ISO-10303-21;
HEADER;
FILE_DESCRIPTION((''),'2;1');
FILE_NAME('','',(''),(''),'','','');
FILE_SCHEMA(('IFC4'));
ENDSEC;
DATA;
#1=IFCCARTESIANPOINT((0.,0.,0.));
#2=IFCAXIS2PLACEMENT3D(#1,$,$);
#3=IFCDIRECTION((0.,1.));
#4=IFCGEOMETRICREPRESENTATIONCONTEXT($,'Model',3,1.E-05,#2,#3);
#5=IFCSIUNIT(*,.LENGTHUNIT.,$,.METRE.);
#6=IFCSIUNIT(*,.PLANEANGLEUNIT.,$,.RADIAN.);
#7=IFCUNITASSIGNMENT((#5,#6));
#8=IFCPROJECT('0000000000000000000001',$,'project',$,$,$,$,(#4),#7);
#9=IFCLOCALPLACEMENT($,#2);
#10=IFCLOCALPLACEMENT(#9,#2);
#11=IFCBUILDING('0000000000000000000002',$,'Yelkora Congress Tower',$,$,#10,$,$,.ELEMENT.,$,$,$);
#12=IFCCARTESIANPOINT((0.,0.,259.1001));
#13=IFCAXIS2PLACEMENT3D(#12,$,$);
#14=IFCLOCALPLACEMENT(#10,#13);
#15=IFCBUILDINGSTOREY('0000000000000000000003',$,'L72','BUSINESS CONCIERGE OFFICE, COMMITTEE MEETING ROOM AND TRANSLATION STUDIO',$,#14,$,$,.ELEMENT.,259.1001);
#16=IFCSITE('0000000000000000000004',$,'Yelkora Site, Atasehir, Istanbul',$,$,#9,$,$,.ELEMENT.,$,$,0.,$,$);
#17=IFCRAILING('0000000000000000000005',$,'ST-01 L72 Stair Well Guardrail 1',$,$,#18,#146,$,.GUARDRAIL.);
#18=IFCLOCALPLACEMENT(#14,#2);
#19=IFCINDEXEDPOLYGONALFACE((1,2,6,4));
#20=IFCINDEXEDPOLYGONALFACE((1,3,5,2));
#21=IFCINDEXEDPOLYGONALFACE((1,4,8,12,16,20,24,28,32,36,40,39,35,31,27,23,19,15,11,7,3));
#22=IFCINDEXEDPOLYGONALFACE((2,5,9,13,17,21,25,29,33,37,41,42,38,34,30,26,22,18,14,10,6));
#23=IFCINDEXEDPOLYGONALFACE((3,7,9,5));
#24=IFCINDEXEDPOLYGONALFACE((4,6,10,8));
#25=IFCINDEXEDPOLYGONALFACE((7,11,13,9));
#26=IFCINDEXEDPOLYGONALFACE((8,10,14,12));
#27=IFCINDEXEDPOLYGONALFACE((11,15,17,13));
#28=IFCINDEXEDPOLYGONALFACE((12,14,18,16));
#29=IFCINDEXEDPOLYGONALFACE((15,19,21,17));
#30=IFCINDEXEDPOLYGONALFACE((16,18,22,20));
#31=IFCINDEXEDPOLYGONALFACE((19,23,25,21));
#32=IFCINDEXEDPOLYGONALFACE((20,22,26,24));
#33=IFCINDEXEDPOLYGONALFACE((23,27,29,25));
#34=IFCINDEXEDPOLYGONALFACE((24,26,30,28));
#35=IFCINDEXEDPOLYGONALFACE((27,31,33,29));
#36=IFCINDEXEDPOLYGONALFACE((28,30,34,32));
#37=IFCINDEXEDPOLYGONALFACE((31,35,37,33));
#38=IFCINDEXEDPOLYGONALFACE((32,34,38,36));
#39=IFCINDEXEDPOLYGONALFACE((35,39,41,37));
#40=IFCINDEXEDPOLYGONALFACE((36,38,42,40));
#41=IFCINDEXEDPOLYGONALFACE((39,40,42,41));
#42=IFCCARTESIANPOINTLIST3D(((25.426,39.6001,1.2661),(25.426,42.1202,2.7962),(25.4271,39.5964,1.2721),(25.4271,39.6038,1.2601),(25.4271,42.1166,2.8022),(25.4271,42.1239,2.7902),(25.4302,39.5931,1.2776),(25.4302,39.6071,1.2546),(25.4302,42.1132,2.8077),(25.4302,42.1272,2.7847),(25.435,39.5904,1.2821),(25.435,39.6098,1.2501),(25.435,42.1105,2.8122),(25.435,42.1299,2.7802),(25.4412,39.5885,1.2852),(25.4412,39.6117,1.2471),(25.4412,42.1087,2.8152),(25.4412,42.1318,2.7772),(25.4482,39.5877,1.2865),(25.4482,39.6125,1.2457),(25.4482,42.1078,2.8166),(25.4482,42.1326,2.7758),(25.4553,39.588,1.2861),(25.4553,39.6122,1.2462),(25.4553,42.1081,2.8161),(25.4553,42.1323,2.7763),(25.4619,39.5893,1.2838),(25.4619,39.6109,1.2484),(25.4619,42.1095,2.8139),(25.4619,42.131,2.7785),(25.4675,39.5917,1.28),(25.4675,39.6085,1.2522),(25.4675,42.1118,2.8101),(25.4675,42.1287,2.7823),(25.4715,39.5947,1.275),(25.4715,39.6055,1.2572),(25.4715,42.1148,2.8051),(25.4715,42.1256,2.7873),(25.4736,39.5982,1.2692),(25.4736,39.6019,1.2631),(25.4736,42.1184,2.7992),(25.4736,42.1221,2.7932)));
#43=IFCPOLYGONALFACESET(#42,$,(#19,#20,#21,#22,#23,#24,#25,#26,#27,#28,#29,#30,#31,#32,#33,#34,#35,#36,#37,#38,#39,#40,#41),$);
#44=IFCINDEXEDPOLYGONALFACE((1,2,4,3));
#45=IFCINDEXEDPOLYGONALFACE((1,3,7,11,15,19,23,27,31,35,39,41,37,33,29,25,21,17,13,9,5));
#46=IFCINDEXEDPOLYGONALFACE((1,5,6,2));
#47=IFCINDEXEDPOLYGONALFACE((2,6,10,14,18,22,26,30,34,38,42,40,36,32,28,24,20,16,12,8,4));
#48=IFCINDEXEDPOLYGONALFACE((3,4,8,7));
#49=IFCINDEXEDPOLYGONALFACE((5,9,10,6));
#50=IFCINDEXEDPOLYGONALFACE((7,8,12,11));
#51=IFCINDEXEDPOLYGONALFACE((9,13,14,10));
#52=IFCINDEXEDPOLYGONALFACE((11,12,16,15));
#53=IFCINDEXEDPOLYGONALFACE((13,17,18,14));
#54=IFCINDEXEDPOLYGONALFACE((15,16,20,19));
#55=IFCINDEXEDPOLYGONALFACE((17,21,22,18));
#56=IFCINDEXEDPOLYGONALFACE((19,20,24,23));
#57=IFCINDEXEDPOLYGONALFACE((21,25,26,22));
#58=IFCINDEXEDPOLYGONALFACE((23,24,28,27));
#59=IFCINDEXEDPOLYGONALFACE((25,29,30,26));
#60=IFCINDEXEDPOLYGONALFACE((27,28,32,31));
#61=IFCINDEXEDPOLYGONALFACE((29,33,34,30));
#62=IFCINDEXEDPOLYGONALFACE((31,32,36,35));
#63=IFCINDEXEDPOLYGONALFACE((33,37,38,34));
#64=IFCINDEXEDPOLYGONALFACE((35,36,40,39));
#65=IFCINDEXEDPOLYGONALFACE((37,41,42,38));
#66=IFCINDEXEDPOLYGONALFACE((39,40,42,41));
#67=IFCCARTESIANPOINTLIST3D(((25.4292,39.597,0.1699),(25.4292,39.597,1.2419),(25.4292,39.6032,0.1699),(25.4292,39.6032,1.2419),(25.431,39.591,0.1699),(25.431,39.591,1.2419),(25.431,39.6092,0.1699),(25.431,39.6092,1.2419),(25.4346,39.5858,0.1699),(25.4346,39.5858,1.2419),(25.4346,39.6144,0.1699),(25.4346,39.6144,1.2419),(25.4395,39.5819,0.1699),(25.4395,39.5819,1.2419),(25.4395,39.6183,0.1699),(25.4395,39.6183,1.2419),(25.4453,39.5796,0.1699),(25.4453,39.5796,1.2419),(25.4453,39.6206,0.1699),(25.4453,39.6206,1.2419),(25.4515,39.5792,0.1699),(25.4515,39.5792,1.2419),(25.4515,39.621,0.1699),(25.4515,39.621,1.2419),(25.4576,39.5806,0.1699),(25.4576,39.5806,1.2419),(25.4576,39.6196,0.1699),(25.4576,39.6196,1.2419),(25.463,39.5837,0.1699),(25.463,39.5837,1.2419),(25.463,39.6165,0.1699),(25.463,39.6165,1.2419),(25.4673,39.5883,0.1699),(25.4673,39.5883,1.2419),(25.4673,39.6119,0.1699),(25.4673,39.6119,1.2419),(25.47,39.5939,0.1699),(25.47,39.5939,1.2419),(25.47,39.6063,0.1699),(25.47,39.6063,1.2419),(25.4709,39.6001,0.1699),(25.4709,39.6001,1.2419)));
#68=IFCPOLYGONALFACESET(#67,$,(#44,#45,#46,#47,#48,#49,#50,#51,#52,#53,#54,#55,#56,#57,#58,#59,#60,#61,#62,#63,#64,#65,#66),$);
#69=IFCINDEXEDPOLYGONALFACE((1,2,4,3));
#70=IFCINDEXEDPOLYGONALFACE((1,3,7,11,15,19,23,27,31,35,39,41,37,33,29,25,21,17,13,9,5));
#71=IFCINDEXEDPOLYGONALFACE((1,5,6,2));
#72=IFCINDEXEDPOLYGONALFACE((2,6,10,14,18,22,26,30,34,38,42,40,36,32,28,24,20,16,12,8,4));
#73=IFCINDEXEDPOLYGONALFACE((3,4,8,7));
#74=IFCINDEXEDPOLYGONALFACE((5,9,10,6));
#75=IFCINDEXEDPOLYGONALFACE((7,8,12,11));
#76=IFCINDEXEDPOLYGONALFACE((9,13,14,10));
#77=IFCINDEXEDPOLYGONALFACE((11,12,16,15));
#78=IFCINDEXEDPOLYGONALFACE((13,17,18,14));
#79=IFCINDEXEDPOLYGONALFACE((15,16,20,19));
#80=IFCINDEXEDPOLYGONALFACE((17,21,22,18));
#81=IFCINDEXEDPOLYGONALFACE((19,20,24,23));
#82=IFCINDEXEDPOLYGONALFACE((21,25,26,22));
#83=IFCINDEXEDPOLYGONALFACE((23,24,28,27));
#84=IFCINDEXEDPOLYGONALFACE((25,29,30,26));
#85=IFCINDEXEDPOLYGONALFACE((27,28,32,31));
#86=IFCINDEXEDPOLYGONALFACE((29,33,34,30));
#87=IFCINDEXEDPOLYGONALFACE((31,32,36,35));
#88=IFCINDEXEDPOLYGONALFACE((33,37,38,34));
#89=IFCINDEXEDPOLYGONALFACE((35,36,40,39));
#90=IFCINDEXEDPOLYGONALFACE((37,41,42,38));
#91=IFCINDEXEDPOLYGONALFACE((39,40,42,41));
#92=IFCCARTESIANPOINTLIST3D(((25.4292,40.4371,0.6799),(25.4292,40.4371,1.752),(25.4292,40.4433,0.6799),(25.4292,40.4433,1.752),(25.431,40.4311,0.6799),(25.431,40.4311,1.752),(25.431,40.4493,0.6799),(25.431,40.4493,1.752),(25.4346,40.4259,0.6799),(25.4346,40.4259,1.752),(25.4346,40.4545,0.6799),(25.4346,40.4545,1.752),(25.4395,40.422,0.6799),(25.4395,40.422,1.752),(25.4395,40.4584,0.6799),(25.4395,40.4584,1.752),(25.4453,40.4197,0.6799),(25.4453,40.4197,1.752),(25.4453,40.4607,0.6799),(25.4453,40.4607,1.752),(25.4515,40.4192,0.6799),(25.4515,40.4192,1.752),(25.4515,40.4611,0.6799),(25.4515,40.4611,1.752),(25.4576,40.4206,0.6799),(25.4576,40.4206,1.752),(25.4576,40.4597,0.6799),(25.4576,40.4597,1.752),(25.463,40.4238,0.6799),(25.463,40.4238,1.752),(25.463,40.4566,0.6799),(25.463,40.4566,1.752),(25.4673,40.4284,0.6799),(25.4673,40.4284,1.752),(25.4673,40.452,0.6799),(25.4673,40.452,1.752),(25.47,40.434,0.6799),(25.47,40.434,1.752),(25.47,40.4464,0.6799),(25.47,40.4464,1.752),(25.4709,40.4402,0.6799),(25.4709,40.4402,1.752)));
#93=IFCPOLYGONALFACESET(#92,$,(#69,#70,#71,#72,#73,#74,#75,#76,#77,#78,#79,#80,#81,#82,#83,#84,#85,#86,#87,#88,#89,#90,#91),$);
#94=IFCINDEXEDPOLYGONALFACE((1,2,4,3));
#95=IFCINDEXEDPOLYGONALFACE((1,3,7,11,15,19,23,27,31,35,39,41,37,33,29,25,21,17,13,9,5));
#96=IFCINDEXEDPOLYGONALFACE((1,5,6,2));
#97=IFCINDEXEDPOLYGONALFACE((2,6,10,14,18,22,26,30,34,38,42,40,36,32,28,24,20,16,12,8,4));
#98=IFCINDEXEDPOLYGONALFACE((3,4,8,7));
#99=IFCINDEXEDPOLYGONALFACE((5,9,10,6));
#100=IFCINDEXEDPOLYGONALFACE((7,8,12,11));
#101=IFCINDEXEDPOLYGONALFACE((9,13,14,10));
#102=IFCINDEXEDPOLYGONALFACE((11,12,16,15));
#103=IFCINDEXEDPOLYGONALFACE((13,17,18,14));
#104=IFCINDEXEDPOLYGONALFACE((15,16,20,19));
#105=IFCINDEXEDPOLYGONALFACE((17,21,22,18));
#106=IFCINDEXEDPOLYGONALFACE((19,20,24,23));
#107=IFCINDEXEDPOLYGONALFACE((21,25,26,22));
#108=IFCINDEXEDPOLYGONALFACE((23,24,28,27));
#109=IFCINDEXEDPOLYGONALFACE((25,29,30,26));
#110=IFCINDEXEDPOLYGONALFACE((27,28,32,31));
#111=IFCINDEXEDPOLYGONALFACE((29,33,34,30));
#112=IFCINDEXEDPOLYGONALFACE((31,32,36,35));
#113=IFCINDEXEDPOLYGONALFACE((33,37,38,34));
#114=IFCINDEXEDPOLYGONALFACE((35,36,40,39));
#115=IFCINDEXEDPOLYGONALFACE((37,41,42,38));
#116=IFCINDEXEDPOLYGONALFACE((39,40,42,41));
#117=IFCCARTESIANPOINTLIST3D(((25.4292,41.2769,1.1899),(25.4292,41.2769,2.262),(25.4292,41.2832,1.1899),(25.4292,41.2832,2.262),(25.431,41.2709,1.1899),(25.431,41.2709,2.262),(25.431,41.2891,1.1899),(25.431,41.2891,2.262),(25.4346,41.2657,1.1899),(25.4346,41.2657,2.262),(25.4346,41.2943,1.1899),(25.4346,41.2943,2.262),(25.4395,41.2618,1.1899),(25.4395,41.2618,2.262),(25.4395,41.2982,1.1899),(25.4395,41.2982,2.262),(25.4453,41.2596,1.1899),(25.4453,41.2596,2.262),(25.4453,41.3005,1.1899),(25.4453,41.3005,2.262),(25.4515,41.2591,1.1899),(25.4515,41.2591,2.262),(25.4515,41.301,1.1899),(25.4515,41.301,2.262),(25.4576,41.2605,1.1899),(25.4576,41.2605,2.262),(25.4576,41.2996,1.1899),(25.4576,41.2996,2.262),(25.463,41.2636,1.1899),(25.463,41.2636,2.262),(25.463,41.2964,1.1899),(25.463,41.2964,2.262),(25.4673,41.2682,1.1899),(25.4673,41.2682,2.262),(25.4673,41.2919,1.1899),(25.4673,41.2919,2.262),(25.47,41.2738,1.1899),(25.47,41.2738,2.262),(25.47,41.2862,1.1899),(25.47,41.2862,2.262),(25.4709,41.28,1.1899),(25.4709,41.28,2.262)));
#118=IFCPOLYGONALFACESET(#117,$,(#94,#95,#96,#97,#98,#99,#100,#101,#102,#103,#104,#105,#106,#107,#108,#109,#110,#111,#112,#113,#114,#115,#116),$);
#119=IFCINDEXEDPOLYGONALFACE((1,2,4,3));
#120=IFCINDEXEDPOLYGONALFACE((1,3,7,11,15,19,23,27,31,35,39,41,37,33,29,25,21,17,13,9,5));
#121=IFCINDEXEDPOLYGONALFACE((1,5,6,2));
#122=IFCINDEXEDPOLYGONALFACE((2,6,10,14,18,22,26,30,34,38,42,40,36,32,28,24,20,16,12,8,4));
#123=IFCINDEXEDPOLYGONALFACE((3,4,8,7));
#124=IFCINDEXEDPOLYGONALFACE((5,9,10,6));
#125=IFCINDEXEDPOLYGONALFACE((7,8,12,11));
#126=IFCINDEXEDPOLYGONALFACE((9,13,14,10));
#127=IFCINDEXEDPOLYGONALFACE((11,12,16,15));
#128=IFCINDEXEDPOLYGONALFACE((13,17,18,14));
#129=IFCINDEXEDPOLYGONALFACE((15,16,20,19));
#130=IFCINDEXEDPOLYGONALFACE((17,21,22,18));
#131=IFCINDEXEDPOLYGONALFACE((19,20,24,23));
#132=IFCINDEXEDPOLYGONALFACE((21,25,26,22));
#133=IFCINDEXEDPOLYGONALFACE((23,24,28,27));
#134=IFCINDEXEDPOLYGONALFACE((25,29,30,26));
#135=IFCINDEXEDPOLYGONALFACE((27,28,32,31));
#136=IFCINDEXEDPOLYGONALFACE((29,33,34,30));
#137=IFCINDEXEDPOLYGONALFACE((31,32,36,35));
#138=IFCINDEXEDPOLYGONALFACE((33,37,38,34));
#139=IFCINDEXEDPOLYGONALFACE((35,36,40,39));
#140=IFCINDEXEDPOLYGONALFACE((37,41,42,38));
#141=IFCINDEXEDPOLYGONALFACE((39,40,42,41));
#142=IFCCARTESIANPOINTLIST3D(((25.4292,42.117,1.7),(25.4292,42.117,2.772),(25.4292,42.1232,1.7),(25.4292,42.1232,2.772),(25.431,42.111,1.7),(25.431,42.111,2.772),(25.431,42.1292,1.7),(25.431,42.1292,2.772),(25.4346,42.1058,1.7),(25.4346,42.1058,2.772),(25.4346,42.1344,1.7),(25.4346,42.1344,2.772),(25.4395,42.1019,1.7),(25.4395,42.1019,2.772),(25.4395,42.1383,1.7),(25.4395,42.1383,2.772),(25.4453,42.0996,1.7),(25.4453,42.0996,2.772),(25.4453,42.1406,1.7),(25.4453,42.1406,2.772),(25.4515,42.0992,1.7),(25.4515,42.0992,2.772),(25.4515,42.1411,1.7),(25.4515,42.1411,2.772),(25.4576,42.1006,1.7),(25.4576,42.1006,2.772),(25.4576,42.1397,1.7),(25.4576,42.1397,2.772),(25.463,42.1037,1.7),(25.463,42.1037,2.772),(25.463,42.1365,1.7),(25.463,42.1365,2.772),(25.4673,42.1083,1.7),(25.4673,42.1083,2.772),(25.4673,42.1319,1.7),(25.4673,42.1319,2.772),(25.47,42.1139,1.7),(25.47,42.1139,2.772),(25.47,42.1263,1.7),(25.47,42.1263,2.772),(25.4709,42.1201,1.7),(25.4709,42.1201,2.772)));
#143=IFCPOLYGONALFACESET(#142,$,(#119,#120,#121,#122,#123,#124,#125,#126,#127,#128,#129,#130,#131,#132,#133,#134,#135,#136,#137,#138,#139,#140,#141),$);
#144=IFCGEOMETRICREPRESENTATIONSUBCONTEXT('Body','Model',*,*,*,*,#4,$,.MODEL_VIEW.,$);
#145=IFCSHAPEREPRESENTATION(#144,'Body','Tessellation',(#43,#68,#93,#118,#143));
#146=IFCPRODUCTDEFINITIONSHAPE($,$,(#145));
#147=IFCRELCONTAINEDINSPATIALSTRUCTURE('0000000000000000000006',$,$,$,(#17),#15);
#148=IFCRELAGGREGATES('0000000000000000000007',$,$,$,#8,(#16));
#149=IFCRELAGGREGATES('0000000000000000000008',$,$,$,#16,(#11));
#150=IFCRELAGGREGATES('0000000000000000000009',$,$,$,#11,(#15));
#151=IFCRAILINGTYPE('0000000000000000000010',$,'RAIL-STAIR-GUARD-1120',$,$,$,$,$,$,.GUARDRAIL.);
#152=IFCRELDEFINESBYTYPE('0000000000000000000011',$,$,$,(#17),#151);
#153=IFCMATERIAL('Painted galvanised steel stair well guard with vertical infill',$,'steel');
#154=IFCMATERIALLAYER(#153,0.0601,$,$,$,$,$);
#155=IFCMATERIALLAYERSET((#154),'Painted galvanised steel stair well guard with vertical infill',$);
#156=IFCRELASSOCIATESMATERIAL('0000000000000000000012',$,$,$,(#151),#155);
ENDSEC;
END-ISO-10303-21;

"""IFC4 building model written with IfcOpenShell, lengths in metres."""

from ifc_helpers import new_model, si_unit, direction, frame, origin, origin_2d, place, context, subcontext, project, spatial, circle, extrude, material, layer, layer_set, type_object, element, save


model = new_model("IFC4")

# Units and contexts
model_context = context("Model", 3, precision=1e-05, world=origin(), true_north=direction((0.0, 1.0)))
body_context = subcontext(model_context, "Body", "Model", "MODEL_VIEW")
ifc_project = project(units=[si_unit("LENGTHUNIT", "METRE"), si_unit("PLANEANGLEUNIT", "RADIAN")], contexts=[model_context])

# Site, building, storey
site_placement = place(None, origin())
site = spatial("IfcSite", under=ifc_project, at=site_placement, Name="Yelkora Site, Atasehir, Istanbul", CompositionType="ELEMENT", RefElevation=0.0)
building_placement = place(site_placement, origin())
building = spatial("IfcBuilding", under=site, at=building_placement, Name="Yelkora Congress Tower", CompositionType="ELEMENT")
storey_placement = place(building_placement, frame((0.0, 0.0, 259.1001)))
storey = spatial("IfcBuildingStorey", under=building, at=storey_placement, Name="L72", Description="BUSINESS CONCIERGE OFFICE, COMMITTEE MEETING ROOM AND TRANSLATION STUDIO", CompositionType="ELEMENT", Elevation=259.1001)

# Railing
ifc_material_1 = material(Name="Painted galvanised steel stair well guard with vertical infill", Category="steel")
ifc_layer_1 = layer(ifc_material_1, 0.0601)
ifc_layer_set_1 = layer_set([ifc_layer_1], Name="Painted galvanised steel stair well guard with vertical infill")
railing_type_1 = type_object("IfcRailingType", Name="RAIL-STAIR-GUARD-1120", PredefinedType="GUARDRAIL", material=ifc_layer_set_1)
railing_1_placement = place(storey_placement, frame((25.45, 39.6001, 0.1699)))
element("IfcRailing", 1, at=railing_1_placement, inside=storey, type_object=railing_type_1, Name="ST-01 L72 Stair Well Guardrail 1", PredefinedType="GUARDRAIL", context=body_context, shape_type="SweptSolid", body=[
    extrude(circle(Radius=0.0239, at=origin_2d()), frame((0.0, 0.0, 1.0962), z_axis=(0.0, 0.854785, 0.518982), x_axis=(-1.0, 0.0, 0.0)), (0.0, 0.0, 1.0), 2.9482),
    extrude(circle(Radius=0.021, at=origin_2d()), origin(), (0.0, 0.0, 1.0), 1.072),
    extrude(circle(Radius=0.021, at=origin_2d()), frame((0.0, 0.8401, 0.51)), (0.0, 0.0, 1.0), 1.072),
    extrude(circle(Radius=0.021, at=origin_2d()), frame((0.0, 1.6799, 1.02)), (0.0, 0.0, 1.0), 1.072),
    extrude(circle(Radius=0.021, at=origin_2d()), frame((0.0, 2.52, 1.53)), (0.0, 0.0, 1.0), 1.072),
])

save(model, "model.ifc")
